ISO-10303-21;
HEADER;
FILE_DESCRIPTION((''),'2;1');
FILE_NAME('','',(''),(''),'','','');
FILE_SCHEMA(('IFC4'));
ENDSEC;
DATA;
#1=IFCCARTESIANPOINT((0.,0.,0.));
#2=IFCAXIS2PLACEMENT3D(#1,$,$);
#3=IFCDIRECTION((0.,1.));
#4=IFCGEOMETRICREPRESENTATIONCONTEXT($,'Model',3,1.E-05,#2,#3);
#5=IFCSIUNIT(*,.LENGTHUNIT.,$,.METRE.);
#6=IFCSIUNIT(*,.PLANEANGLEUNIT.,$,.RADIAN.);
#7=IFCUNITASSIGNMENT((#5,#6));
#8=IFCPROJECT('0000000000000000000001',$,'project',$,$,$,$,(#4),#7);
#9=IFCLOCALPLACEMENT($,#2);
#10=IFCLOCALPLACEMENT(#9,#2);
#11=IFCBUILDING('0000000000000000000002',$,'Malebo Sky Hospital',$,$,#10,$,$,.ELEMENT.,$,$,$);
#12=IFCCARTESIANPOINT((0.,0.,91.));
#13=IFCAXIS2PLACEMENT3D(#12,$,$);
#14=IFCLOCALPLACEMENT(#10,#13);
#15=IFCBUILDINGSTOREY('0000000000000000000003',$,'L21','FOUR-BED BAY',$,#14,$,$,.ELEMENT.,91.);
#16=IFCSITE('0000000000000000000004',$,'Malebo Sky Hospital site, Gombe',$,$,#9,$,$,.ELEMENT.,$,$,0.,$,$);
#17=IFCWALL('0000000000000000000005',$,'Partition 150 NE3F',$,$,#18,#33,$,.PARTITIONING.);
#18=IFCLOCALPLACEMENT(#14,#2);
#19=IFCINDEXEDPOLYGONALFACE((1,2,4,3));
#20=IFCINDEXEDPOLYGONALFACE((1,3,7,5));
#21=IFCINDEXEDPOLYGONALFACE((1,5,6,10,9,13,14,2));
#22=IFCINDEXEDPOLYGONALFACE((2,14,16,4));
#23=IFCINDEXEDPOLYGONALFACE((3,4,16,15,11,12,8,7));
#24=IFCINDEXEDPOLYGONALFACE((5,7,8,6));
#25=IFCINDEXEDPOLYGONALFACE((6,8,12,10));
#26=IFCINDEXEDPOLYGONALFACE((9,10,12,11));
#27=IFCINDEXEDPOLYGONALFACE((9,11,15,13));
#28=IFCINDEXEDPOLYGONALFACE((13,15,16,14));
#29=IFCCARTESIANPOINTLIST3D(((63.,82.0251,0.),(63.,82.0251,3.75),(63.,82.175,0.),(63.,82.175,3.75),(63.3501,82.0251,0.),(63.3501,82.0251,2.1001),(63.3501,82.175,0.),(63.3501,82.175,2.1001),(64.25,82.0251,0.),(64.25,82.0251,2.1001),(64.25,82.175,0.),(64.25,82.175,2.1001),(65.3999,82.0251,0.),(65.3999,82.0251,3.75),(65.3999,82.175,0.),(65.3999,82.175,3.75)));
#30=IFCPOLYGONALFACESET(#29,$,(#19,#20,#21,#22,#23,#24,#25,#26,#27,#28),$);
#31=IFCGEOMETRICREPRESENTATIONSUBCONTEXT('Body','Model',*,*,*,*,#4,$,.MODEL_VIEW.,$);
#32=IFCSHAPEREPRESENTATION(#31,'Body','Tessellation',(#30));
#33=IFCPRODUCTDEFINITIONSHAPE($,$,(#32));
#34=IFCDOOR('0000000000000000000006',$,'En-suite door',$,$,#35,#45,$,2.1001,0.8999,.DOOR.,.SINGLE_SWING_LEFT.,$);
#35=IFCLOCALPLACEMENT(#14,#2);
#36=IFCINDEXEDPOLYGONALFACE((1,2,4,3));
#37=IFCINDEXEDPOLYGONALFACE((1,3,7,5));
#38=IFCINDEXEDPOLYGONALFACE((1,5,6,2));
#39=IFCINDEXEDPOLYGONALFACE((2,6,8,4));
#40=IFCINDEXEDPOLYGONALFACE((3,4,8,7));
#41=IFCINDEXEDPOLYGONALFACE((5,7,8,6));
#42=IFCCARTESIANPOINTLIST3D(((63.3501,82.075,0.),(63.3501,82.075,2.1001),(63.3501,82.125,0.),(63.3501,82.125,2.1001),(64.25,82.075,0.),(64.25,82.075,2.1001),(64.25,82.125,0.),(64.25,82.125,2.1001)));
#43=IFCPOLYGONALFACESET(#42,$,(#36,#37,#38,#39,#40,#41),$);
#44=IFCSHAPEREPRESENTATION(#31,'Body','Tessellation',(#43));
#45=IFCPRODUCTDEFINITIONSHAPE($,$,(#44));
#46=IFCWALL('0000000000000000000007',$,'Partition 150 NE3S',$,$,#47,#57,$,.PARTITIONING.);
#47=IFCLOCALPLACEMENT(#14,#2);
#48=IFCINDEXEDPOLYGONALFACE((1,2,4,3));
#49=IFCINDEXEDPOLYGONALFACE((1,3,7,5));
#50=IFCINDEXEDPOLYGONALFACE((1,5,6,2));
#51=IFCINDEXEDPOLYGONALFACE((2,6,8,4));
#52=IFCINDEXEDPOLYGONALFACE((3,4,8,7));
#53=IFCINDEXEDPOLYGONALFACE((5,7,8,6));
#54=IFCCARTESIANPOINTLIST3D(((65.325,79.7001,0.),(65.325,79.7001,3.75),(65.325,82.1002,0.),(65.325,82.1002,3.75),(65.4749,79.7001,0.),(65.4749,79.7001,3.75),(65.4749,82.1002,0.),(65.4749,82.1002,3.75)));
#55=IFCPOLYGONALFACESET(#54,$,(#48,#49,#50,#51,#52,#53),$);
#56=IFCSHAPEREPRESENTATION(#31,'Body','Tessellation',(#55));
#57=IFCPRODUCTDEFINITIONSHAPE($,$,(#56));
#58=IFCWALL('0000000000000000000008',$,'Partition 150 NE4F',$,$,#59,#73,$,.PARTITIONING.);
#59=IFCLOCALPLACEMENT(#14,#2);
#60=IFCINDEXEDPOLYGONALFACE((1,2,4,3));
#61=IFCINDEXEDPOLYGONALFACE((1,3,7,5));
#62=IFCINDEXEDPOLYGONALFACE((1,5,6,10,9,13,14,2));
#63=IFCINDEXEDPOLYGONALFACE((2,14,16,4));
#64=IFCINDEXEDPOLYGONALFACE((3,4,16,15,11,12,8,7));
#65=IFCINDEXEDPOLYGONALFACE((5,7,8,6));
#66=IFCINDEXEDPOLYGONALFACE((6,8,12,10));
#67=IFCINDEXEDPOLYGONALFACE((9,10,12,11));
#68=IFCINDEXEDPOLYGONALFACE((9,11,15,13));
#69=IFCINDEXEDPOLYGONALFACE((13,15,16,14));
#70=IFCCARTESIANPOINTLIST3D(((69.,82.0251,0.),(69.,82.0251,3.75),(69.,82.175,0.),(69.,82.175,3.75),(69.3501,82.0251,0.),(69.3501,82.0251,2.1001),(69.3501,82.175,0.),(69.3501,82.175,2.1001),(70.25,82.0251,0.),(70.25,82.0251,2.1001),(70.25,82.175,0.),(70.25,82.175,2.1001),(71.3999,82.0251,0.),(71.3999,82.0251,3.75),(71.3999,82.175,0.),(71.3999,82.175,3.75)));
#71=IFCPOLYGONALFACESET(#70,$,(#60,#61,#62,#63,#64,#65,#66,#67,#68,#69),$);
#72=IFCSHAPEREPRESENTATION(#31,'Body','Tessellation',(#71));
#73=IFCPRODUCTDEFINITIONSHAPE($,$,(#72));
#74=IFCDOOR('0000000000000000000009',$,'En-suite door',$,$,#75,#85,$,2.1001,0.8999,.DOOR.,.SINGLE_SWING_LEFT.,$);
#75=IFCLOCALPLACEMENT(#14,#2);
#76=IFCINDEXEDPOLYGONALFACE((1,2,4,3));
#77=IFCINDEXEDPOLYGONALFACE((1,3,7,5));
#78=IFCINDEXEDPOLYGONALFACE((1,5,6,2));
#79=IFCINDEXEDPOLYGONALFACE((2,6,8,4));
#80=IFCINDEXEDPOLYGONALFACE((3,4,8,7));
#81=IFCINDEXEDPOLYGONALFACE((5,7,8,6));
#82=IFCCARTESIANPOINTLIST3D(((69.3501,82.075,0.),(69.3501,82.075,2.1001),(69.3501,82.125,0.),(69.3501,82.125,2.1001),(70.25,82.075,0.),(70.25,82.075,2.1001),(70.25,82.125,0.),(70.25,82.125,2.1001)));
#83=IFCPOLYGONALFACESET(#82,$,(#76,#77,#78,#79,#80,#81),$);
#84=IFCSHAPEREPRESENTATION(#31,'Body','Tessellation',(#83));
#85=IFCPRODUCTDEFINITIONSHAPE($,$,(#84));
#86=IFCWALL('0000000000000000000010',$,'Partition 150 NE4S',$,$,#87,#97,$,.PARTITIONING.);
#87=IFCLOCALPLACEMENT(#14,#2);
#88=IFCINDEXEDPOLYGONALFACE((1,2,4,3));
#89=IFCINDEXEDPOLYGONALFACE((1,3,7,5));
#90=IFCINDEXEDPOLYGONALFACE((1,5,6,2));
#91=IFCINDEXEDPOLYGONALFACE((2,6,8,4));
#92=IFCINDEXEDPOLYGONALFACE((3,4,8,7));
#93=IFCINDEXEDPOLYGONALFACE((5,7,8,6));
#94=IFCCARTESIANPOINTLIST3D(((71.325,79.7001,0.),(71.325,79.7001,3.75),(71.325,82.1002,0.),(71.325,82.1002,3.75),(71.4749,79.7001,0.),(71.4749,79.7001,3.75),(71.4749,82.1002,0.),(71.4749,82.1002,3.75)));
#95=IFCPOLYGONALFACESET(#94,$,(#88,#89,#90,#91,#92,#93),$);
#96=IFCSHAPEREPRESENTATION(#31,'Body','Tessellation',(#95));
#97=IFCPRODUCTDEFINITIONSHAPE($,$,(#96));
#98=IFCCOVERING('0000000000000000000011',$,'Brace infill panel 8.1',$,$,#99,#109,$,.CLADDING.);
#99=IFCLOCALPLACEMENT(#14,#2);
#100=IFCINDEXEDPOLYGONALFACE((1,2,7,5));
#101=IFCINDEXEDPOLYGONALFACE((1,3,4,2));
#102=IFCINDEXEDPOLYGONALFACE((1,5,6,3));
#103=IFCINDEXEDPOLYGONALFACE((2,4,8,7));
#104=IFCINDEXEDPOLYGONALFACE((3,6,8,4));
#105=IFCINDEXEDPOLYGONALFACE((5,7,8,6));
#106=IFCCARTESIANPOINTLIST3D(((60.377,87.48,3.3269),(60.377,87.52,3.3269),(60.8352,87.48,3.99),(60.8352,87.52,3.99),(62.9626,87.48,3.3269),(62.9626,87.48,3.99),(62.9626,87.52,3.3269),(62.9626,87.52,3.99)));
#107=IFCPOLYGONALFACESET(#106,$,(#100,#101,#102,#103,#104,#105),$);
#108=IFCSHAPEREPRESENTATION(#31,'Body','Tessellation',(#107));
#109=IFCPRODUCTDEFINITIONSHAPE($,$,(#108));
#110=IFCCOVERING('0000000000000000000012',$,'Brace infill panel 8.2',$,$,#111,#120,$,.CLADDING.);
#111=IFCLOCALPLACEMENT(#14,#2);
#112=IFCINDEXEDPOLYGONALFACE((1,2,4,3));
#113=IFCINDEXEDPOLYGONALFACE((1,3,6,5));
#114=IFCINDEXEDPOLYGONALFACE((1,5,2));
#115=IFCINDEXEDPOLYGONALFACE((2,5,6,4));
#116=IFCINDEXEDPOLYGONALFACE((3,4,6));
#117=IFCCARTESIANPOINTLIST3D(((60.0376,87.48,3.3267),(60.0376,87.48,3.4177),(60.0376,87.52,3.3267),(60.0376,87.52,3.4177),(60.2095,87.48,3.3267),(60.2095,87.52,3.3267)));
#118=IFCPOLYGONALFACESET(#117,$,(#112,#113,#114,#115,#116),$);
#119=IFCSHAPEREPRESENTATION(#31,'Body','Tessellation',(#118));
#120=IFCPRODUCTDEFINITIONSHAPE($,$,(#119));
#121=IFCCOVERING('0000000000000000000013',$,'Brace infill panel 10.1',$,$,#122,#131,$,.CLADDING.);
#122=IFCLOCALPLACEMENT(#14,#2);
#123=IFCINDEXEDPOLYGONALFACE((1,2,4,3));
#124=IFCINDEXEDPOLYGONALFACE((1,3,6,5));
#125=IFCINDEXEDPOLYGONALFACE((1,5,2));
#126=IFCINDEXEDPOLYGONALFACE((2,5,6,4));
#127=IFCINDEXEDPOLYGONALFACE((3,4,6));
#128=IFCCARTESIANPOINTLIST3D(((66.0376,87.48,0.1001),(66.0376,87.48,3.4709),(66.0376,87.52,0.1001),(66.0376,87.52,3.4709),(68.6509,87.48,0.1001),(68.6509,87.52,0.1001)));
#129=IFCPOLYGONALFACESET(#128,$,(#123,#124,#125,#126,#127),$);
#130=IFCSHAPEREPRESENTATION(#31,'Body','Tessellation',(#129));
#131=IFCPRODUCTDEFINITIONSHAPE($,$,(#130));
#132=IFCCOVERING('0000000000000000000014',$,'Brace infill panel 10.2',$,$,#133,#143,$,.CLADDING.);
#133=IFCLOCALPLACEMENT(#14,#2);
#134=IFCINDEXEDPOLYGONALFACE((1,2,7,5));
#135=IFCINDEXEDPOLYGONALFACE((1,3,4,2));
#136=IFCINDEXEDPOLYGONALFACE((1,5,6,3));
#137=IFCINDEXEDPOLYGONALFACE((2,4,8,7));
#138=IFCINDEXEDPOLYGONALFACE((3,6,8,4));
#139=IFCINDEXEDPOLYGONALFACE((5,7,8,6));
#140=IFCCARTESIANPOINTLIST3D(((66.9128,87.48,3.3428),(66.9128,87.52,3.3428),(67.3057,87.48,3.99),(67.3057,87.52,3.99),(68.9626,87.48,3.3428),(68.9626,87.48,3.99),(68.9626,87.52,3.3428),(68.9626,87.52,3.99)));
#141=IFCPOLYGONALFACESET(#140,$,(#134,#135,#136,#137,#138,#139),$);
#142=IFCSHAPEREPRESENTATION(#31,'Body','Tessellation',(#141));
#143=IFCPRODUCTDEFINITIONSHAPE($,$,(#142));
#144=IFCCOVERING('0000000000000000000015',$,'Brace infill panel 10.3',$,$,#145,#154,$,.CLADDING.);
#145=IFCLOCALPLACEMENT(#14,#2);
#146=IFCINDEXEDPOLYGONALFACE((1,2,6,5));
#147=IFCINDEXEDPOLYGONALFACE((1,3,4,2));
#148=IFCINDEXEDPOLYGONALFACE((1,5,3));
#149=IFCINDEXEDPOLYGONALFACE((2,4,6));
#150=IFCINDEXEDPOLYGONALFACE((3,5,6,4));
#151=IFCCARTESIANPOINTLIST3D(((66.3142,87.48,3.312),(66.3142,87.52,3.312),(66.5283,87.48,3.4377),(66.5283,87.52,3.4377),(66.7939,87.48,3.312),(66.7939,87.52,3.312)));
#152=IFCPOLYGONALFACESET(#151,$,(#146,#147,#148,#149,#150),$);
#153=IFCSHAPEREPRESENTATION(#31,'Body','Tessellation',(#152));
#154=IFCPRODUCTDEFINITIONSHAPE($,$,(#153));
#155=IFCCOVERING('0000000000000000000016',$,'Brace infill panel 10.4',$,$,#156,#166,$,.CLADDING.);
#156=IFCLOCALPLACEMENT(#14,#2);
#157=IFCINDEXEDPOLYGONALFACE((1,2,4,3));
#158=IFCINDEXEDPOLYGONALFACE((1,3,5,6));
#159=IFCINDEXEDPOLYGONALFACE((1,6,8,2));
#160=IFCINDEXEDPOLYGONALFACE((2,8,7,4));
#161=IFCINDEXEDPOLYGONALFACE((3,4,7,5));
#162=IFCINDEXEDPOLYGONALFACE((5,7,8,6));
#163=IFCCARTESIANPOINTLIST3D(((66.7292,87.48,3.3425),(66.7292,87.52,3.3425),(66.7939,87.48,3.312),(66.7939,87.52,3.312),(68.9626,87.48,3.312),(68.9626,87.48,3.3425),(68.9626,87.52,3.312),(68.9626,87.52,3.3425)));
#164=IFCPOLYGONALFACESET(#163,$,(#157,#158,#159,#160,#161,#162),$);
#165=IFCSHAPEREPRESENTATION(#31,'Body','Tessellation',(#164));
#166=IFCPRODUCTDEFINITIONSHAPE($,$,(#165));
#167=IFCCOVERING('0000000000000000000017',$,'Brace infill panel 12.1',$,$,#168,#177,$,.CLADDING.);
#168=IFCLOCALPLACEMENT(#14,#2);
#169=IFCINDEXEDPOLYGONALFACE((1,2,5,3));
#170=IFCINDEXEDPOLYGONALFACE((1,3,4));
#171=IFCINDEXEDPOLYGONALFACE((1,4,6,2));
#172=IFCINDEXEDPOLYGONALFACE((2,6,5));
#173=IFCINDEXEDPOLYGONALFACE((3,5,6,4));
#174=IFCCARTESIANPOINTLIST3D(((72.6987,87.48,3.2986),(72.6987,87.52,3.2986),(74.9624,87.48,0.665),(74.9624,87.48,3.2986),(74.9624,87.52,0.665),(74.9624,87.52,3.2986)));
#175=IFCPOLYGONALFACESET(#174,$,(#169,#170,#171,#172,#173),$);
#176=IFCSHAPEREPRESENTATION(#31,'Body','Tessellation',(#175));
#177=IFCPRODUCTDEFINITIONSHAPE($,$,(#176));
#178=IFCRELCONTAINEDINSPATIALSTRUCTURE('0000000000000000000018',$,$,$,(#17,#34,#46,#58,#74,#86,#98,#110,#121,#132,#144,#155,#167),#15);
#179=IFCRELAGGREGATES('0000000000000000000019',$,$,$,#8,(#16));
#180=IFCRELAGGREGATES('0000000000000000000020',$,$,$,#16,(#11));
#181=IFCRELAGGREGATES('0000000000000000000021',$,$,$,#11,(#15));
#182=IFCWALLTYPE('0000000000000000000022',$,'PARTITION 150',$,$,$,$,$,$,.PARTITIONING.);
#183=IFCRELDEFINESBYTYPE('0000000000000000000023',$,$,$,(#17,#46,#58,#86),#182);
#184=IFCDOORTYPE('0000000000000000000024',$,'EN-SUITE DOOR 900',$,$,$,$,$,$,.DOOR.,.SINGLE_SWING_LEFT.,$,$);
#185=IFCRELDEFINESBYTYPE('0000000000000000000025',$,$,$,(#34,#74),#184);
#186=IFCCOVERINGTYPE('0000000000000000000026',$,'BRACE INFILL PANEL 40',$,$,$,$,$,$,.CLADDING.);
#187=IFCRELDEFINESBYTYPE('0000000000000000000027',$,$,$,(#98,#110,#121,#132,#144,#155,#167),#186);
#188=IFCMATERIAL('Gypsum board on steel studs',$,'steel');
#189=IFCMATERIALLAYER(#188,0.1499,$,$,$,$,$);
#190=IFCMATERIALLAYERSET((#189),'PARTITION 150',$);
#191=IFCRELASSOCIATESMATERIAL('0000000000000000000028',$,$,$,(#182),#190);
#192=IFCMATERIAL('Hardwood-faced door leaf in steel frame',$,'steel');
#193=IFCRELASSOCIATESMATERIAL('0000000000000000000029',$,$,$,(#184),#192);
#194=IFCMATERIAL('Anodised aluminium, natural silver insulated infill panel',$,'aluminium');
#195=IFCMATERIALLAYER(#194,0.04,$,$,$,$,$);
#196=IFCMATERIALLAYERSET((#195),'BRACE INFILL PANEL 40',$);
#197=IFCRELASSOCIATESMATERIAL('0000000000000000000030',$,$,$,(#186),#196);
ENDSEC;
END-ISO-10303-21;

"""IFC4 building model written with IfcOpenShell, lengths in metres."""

from ifc_helpers import new_model, si_unit, direction, frame, frame_2d, origin, place, context, subcontext, project, spatial, polyline, rectangle, outline, extrude, material, layer, layer_set, type_object, element, fill, save


model = new_model("IFC4")

# Units and contexts
model_context = context("Model", 3, precision=1e-05, world=origin(), true_north=direction((0.0, 1.0)))
body_context = subcontext(model_context, "Body", "Model", "MODEL_VIEW")
ifc_project = project(units=[si_unit("LENGTHUNIT", "METRE"), si_unit("PLANEANGLEUNIT", "RADIAN")], contexts=[model_context])

# Site, building, storey
site_placement = place(None, origin())
site = spatial("IfcSite", under=ifc_project, at=site_placement, Name="Malebo Sky Hospital site, Gombe", CompositionType="ELEMENT", RefElevation=0.0)
building_placement = place(site_placement, origin())
building = spatial("IfcBuilding", under=site, at=building_placement, Name="Malebo Sky Hospital", CompositionType="ELEMENT")
storey_placement = place(building_placement, frame((0.0, 0.0, 91.0)))
storey = spatial("IfcBuildingStorey", under=building, at=storey_placement, Name="L21", Description="FOUR-BED BAY", CompositionType="ELEMENT", Elevation=91.0)

# Shared definitions
ifc_material_1 = material(Name="Gypsum board on steel studs", Category="steel")
ifc_layer_1 = layer(ifc_material_1, 0.1499)
ifc_layer_set_1 = layer_set([ifc_layer_1], Name="PARTITION 150")
wall_type = type_object("IfcWallType", Name="PARTITION 150", PredefinedType="PARTITIONING", material=ifc_layer_set_1)

# Wall, opening, door
wall_1_placement = place(storey_placement, frame((63.0, 82.1001, 0.0), z_axis=(0.0, 0.0, 1.0), x_axis=(1.0, 0.0, 0.0)))
wall_1 = element("IfcWall", 1, at=wall_1_placement, inside=storey, type_object=wall_type, Name="Partition 150 NE3F", PredefinedType="PARTITIONING", context=body_context, shape_type="SweptSolid", body=[
    extrude(rectangle(XDim=2.3999, YDim=0.1499, at=frame_2d((1.2, 0.0))), origin(), (0.0, 0.0, 1.0), 3.75),
])
opening_1_placement = place(wall_1_placement, frame((0.3501, 0.0, 0.0)))
opening_1 = element("IfcOpeningElement", 2, at=opening_1_placement, cuts=wall_1, PredefinedType="OPENING", context=body_context, shape_type="SweptSolid", body=[
    extrude(rectangle(XDim=0.8999, YDim=2.1001, at=frame_2d((0.45, 1.05))), frame((0.0, 0.085, 0.0), z_axis=(0.0, -1.0, 0.0), x_axis=(1.0, 0.0, 0.0)), (0.0, 0.0, 1.0), 0.1699),
])
ifc_material_2 = material(Name="Hardwood-faced door leaf in steel frame", Category="steel")
door_type = type_object("IfcDoorType", Name="EN-SUITE DOOR 900", OperationType="SINGLE_SWING_LEFT", PredefinedType="DOOR", material=ifc_material_2)
door_1_placement = place(opening_1_placement, origin())
door_1 = element("IfcDoor", 3, at=door_1_placement, inside=storey, type_object=door_type, Name="En-suite door", OperationType="SINGLE_SWING_LEFT", OverallHeight=2.1001, OverallWidth=0.8999, PredefinedType="DOOR", context=body_context, shape_type="SweptSolid", body=[
    extrude(rectangle(XDim=0.8999, YDim=2.1001, at=frame_2d((0.45, 1.05))), frame((0.0, 0.0249, 0.0), z_axis=(0.0, -1.0, 0.0), x_axis=(1.0, 0.0, 0.0)), (0.0, 0.0, 1.0), 0.05),
])
fill(opening_1, door_1)

# Wall
wall_2_placement = place(storey_placement, frame((65.3999, 79.7, 0.0), z_axis=(0.0, 0.0, 1.0), x_axis=(0.0, 1.0, 0.0)))
element("IfcWall", 4, at=wall_2_placement, inside=storey, type_object=wall_type, Name="Partition 150 NE3S", PredefinedType="PARTITIONING", context=body_context, shape_type="SweptSolid", body=[
    extrude(rectangle(XDim=2.4001, YDim=0.1499, at=frame_2d((1.2002, 0.0))), origin(), (0.0, 0.0, 1.0), 3.75),
])

# Wall, opening, door
wall_3_placement = place(storey_placement, frame((69.0, 82.1001, 0.0), z_axis=(0.0, 0.0, 1.0), x_axis=(1.0, 0.0, 0.0)))
wall_3 = element("IfcWall", 5, at=wall_3_placement, inside=storey, type_object=wall_type, Name="Partition 150 NE4F", PredefinedType="PARTITIONING", context=body_context, shape_type="SweptSolid", body=[
    extrude(rectangle(XDim=2.3999, YDim=0.1499, at=frame_2d((1.2, 0.0))), origin(), (0.0, 0.0, 1.0), 3.75),
])
opening_2_placement = place(wall_3_placement, frame((0.3501, 0.0, 0.0)))
opening_2 = element("IfcOpeningElement", 6, at=opening_2_placement, cuts=wall_3, PredefinedType="OPENING", context=body_context, shape_type="SweptSolid", body=[
    extrude(rectangle(XDim=0.8999, YDim=2.1001, at=frame_2d((0.45, 1.05))), frame((0.0, 0.085, 0.0), z_axis=(0.0, -1.0, 0.0), x_axis=(1.0, 0.0, 0.0)), (0.0, 0.0, 1.0), 0.1699),
])
door_2_placement = place(opening_2_placement, origin())
door_2 = element("IfcDoor", 7, at=door_2_placement, inside=storey, type_object=door_type, Name="En-suite door", OperationType="SINGLE_SWING_LEFT", OverallHeight=2.1001, OverallWidth=0.8999, PredefinedType="DOOR", context=body_context, shape_type="SweptSolid", body=[
    extrude(rectangle(XDim=0.8999, YDim=2.1001, at=frame_2d((0.45, 1.05))), frame((0.0, 0.0249, 0.0), z_axis=(0.0, -1.0, 0.0), x_axis=(1.0, 0.0, 0.0)), (0.0, 0.0, 1.0), 0.05),
])
fill(opening_2, door_2)

# Wall
wall_4_placement = place(storey_placement, frame((71.3999, 79.7, 0.0), z_axis=(0.0, 0.0, 1.0), x_axis=(0.0, 1.0, 0.0)))
element("IfcWall", 8, at=wall_4_placement, inside=storey, type_object=wall_type, Name="Partition 150 NE4S", PredefinedType="PARTITIONING", context=body_context, shape_type="SweptSolid", body=[
    extrude(rectangle(XDim=2.4001, YDim=0.1499, at=frame_2d((1.2002, 0.0))), origin(), (0.0, 0.0, 1.0), 3.75),
])

# Coverings
ifc_material_3 = material(Name="Anodised aluminium, natural silver insulated infill panel", Category="aluminium")
ifc_layer_2 = layer(ifc_material_3, 0.04)
ifc_layer_set_2 = layer_set([ifc_layer_2], Name="BRACE INFILL PANEL 40")
covering_type = type_object("IfcCoveringType", Name="BRACE INFILL PANEL 40", PredefinedType="CLADDING", material=ifc_layer_set_2)
covering_1_placement = place(storey_placement, frame((61.6697, 87.5, 3.3269), z_axis=(0.0, 0.0, 1.0), x_axis=(1.0, 0.0, 0.0)))
element("IfcCovering", 9, at=covering_1_placement, inside=storey, type_object=covering_type, Name="Brace infill panel 8.1", PredefinedType="CLADDING", context=body_context, shape_type="SweptSolid", body=[
    extrude(outline(polyline([(-1.2927, 0.0), (1.293, 0.0), (1.293, 0.6631), (-0.8345, 0.6631), (-1.2927, 0.0)])), frame((0.0, 0.02, 0.0), z_axis=(0.0, -1.0, 0.0), x_axis=(1.0, 0.0, 0.0)), (0.0, 0.0, 1.0), 0.04),
])
covering_2_placement = place(storey_placement, frame((60.1235, 87.5, 3.3267), z_axis=(0.0, 0.0, 1.0), x_axis=(1.0, 0.0, 0.0)))
element("IfcCovering", 10, at=covering_2_placement, inside=storey, type_object=covering_type, Name="Brace infill panel 8.2", PredefinedType="CLADDING", context=body_context, shape_type="SweptSolid", body=[
    extrude(outline(polyline([(-0.0859, 0.0), (0.0859, 0.0), (-0.0859, 0.0911), (-0.0859, 0.0)])), frame((0.0, 0.02, 0.0), z_axis=(0.0, -1.0, 0.0), x_axis=(1.0, 0.0, 0.0)), (0.0, 0.0, 1.0), 0.04),
])
covering_3_placement = place(storey_placement, frame((67.3442, 87.5, 0.1001), z_axis=(0.0, 0.0, 1.0), x_axis=(1.0, 0.0, 0.0)))
element("IfcCovering", 11, at=covering_3_placement, inside=storey, type_object=covering_type, Name="Brace infill panel 10.1", PredefinedType="CLADDING", context=body_context, shape_type="SweptSolid", body=[
    extrude(outline(polyline([(-1.3066, 0.0), (1.3066, 0.0), (-1.3066, 3.3708), (-1.3066, 0.0)])), frame((0.0, 0.02, 0.0), z_axis=(0.0, -1.0, 0.0), x_axis=(1.0, 0.0, 0.0)), (0.0, 0.0, 1.0), 0.04),
])
covering_4_placement = place(storey_placement, frame((67.9377, 87.5, 3.3428), z_axis=(0.0, 0.0, 1.0), x_axis=(1.0, 0.0, 0.0)))
element("IfcCovering", 12, at=covering_4_placement, inside=storey, type_object=covering_type, Name="Brace infill panel 10.2", PredefinedType="CLADDING", context=body_context, shape_type="SweptSolid", body=[
    extrude(outline(polyline([(-1.0249, 0.0), (1.0249, 0.0), (1.0249, 0.6472), (-0.6321, 0.6472), (-1.0249, 0.0)])), frame((0.0, 0.02, 0.0), z_axis=(0.0, -1.0, 0.0), x_axis=(1.0, 0.0, 0.0)), (0.0, 0.0, 1.0), 0.04),
])
covering_5_placement = place(storey_placement, frame((66.5542, 87.5, 3.312), z_axis=(0.0, 0.0, 1.0), x_axis=(1.0, 0.0, 0.0)))
element("IfcCovering", 13, at=covering_5_placement, inside=storey, type_object=covering_type, Name="Brace infill panel 10.3", PredefinedType="CLADDING", context=body_context, shape_type="SweptSolid", body=[
    extrude(outline(polyline([(-0.24, 0.0), (0.2397, 0.0), (-0.0259, 0.1257), (-0.24, 0.0)])), frame((0.0, 0.02, 0.0), z_axis=(0.0, -1.0, 0.0), x_axis=(1.0, 0.0, 0.0)), (0.0, 0.0, 1.0), 0.04),
])
covering_6_placement = place(storey_placement, frame((67.8459, 87.5, 3.312), z_axis=(0.0, 0.0, 1.0), x_axis=(1.0, 0.0, 0.0)))
element("IfcCovering", 14, at=covering_6_placement, inside=storey, type_object=covering_type, Name="Brace infill panel 10.4", PredefinedType="CLADDING", context=body_context, shape_type="SweptSolid", body=[
    extrude(outline(polyline([(-1.052, 0.0), (1.1167, 0.0), (1.1167, 0.0305), (-1.1167, 0.0305), (-1.052, 0.0)])), frame((0.0, 0.02, 0.0), z_axis=(0.0, -1.0, 0.0), x_axis=(1.0, 0.0, 0.0)), (0.0, 0.0, 1.0), 0.04),
])
covering_7_placement = place(storey_placement, frame((73.8306, 87.5, 0.665), z_axis=(0.0, 0.0, 1.0), x_axis=(1.0, 0.0, 0.0)))
element("IfcCovering", 15, at=covering_7_placement, inside=storey, type_object=covering_type, Name="Brace infill panel 12.1", PredefinedType="CLADDING", context=body_context, shape_type="SweptSolid", body=[
    extrude(outline(polyline([(1.1318, 0.0), (1.1318, 2.6335), (-1.1318, 2.6335), (1.1318, 0.0)])), frame((0.0, 0.02, 0.0), z_axis=(0.0, -1.0, 0.0), x_axis=(1.0, 0.0, 0.0)), (0.0, 0.0, 1.0), 0.04),
])

save(model, "model.ifc")
